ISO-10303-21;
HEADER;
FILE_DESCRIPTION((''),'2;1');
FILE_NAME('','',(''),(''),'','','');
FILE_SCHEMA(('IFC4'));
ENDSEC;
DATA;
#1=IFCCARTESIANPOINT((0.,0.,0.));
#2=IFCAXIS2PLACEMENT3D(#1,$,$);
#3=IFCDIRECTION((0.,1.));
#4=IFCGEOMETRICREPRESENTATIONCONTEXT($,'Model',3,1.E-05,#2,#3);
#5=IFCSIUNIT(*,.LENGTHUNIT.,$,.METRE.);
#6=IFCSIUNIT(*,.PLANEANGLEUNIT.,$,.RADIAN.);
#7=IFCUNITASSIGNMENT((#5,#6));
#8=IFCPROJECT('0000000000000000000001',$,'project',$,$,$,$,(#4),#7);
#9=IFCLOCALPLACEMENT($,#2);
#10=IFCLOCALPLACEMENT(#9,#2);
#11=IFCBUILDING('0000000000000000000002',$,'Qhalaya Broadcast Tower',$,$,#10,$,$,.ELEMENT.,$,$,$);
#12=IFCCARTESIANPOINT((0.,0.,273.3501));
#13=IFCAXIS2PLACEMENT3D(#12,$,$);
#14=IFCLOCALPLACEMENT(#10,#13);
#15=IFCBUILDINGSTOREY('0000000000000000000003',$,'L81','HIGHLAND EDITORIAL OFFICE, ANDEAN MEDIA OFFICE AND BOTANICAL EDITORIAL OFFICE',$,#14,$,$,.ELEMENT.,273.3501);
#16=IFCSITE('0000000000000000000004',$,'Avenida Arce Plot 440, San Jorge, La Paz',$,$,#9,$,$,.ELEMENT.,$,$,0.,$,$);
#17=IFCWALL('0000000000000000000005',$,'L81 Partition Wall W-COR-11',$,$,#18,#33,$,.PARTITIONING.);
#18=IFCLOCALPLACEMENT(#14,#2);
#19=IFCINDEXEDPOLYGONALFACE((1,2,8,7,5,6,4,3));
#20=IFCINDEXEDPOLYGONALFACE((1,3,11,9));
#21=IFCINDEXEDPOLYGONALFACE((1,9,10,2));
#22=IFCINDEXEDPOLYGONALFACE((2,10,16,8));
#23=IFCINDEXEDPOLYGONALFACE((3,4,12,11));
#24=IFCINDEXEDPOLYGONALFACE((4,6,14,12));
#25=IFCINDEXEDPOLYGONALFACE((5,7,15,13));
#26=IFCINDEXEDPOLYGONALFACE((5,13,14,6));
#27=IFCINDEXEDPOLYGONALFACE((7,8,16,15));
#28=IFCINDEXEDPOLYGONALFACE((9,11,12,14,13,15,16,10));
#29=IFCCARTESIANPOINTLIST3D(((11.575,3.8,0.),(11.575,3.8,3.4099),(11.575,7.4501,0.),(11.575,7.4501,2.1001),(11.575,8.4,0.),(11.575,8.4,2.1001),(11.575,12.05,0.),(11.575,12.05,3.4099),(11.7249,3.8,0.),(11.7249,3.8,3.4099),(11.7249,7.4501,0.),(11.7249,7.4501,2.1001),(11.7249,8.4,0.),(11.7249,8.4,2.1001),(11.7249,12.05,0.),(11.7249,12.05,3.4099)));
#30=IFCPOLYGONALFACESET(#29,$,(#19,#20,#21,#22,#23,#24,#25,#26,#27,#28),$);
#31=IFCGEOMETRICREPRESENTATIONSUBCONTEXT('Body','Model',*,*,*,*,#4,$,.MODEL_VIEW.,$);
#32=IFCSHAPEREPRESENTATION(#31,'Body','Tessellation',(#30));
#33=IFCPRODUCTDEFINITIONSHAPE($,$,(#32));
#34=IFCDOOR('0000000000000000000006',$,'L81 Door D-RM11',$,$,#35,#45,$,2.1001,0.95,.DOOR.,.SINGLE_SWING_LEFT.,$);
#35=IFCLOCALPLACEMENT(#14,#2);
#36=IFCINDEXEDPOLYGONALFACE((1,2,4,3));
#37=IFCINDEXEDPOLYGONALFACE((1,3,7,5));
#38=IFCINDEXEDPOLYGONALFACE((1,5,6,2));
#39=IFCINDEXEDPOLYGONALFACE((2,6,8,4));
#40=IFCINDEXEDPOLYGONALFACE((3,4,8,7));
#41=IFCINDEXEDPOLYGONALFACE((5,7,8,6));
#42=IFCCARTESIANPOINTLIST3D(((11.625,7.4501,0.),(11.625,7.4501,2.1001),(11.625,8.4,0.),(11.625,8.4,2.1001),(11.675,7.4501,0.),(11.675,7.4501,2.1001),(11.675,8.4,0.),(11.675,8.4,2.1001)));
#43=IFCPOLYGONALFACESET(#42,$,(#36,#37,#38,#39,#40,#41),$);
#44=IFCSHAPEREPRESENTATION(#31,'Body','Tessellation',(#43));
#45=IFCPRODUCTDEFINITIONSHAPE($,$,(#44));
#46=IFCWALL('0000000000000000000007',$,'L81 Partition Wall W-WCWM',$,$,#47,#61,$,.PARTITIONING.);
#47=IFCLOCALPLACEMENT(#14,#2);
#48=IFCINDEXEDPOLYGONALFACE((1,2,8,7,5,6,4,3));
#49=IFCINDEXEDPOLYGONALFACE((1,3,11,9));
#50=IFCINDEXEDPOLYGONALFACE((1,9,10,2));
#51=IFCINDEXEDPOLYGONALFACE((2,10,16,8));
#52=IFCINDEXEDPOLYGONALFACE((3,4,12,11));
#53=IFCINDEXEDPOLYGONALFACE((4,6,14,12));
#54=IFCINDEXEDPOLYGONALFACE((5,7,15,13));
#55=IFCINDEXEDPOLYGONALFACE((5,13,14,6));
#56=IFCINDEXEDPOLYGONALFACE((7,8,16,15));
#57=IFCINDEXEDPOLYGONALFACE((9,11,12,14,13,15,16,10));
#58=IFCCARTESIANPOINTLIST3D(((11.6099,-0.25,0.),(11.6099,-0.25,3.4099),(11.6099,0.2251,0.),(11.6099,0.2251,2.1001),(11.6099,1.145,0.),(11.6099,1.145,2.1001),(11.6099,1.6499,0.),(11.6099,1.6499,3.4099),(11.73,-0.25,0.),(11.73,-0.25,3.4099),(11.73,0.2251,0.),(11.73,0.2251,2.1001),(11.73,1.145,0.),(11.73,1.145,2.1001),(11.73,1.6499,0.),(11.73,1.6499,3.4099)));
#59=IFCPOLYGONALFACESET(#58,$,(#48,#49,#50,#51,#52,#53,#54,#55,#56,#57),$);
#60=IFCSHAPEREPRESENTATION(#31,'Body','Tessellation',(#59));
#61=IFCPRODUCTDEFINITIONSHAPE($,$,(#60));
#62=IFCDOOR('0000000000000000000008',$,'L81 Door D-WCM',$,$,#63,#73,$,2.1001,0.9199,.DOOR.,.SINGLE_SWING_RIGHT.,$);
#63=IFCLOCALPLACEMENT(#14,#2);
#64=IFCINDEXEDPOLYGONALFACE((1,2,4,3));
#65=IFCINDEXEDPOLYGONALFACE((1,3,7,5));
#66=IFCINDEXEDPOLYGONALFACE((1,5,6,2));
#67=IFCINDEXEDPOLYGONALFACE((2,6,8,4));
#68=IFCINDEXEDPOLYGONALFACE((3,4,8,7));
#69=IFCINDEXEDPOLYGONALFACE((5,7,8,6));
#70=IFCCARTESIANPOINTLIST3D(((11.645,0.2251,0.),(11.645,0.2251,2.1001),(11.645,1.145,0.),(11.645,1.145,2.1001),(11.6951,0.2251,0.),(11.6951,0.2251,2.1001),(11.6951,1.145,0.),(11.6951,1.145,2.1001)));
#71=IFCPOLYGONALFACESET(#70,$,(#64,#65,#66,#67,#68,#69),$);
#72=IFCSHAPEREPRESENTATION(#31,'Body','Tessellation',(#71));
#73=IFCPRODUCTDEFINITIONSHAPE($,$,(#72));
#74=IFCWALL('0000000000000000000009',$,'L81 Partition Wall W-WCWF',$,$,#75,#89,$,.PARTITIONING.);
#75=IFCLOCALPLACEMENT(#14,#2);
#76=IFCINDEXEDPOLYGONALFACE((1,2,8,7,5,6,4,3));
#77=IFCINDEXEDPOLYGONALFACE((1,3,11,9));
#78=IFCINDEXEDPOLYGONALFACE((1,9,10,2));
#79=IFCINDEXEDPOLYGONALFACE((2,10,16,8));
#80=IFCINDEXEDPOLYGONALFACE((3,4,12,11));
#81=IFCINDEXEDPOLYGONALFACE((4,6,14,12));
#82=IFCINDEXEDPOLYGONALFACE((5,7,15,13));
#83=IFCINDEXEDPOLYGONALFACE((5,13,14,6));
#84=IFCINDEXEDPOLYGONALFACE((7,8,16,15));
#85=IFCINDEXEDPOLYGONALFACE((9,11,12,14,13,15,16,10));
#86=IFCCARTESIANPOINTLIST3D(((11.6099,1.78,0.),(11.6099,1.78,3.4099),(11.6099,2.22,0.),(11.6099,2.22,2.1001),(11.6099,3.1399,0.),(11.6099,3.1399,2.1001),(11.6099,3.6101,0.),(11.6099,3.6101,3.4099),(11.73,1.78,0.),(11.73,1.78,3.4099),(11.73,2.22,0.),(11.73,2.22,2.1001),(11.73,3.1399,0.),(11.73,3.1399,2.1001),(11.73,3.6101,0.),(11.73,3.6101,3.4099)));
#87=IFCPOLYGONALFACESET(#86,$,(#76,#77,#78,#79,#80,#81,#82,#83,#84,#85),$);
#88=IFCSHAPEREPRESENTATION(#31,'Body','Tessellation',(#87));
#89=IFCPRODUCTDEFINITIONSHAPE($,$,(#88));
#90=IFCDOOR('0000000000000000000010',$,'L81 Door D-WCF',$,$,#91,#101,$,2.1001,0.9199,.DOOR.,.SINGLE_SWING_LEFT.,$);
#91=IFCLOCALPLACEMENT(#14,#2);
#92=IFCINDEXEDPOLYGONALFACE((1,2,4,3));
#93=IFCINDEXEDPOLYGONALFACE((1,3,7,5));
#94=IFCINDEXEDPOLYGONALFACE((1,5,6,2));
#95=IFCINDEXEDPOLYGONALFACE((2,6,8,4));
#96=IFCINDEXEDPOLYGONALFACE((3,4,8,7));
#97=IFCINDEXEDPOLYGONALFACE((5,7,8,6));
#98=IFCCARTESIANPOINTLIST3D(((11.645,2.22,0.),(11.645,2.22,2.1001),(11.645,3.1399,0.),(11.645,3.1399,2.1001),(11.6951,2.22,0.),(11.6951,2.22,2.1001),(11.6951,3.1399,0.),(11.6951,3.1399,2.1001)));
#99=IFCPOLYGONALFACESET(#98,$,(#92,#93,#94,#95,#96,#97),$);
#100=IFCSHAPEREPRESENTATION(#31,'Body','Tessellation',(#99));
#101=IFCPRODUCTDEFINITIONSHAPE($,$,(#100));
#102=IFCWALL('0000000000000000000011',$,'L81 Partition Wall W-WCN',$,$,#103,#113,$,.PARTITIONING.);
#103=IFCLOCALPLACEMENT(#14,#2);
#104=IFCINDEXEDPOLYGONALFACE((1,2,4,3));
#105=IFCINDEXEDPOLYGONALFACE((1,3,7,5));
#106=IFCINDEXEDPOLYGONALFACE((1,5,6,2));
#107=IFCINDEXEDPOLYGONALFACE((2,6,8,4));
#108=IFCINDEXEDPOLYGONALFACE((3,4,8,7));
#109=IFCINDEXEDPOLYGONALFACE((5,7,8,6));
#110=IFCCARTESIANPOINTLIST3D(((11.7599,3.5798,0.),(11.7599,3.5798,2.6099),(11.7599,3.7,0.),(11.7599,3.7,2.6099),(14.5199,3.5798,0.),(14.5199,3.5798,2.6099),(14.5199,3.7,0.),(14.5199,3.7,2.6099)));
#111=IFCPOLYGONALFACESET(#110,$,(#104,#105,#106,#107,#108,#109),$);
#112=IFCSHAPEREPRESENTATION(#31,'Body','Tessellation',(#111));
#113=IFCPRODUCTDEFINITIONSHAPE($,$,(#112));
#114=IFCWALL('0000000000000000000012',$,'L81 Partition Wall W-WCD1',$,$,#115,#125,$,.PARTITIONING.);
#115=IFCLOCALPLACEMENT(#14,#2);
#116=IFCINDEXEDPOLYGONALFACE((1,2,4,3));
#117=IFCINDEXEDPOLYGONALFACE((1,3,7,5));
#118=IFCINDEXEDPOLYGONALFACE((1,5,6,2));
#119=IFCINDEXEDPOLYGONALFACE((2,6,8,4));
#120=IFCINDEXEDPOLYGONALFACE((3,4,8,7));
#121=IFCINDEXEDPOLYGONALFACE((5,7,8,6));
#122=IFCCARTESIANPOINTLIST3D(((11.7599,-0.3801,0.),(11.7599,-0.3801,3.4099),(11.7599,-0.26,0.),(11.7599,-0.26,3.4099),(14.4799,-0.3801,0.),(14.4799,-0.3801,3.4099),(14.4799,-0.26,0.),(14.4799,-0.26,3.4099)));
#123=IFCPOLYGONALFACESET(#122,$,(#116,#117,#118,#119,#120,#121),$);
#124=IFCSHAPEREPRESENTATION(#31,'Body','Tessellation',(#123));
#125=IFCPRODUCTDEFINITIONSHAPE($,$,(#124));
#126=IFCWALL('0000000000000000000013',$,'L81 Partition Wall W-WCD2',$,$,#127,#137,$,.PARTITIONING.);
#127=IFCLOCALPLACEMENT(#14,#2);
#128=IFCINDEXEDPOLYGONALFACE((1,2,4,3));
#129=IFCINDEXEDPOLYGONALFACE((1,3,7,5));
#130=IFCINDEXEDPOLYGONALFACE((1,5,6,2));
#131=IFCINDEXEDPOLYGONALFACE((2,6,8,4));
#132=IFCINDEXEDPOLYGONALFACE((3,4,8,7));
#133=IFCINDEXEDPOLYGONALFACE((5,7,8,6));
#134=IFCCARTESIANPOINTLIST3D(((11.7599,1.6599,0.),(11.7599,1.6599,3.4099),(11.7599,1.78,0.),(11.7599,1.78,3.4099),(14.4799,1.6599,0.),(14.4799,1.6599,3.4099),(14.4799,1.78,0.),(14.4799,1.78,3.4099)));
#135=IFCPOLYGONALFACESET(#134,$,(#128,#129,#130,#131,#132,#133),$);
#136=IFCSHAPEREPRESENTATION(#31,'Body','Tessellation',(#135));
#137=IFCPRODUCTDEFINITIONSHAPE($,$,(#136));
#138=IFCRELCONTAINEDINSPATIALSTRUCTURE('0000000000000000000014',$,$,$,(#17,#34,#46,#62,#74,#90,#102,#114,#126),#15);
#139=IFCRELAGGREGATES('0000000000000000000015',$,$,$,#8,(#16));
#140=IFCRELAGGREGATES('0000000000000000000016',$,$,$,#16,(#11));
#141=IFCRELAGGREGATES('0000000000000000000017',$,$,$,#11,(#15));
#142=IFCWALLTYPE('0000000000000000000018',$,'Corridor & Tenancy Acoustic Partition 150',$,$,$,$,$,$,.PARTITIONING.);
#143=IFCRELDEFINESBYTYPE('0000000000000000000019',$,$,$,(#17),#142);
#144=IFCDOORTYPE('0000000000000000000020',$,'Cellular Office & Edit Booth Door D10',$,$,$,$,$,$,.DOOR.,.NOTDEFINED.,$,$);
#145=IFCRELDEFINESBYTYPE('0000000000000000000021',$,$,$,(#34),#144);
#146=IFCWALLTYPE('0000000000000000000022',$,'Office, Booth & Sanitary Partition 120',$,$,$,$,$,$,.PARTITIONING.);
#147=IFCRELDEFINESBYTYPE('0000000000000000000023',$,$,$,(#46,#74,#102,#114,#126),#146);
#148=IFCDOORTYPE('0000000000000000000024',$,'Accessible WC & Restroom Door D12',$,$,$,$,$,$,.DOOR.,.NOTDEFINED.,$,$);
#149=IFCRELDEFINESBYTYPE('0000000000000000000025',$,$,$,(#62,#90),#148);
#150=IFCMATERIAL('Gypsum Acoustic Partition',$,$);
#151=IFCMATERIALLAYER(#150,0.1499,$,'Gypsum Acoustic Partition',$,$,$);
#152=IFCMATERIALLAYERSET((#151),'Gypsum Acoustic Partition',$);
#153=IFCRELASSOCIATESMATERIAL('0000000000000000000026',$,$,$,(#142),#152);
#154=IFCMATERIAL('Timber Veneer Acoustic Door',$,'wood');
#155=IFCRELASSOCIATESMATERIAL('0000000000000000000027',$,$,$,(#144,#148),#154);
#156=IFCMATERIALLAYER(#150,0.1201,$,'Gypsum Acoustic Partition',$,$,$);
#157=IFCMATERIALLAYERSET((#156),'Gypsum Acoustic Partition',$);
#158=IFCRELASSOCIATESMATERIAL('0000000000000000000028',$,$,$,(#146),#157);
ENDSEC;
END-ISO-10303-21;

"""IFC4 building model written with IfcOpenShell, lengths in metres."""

from ifc_helpers import new_model, si_unit, direction, frame, frame_2d, origin, place, context, subcontext, project, spatial, rectangle, extrude, material, layer, layer_set, type_object, element, fill, save


model = new_model("IFC4")

# Units and contexts
model_context = context("Model", 3, precision=1e-05, world=origin(), true_north=direction((0.0, 1.0)))
body_context = subcontext(model_context, "Body", "Model", "MODEL_VIEW")
ifc_project = project(units=[si_unit("LENGTHUNIT", "METRE"), si_unit("PLANEANGLEUNIT", "RADIAN")], contexts=[model_context])

# Site, building, storey
site_placement = place(None, origin())
site = spatial("IfcSite", under=ifc_project, at=site_placement, Name="Avenida Arce Plot 440, San Jorge, La Paz", CompositionType="ELEMENT", RefElevation=0.0)
building_placement = place(site_placement, origin())
building = spatial("IfcBuilding", under=site, at=building_placement, Name="Qhalaya Broadcast Tower", CompositionType="ELEMENT")
storey_placement = place(building_placement, frame((0.0, 0.0, 273.3501)))
storey = spatial("IfcBuildingStorey", under=building, at=storey_placement, Name="L81", Description="HIGHLAND EDITORIAL OFFICE, ANDEAN MEDIA OFFICE AND BOTANICAL EDITORIAL OFFICE", CompositionType="ELEMENT", Elevation=273.3501)

# Walls, openings, doors
ifc_material_1 = material(Name="Gypsum Acoustic Partition")
ifc_layer_1 = layer(ifc_material_1, 0.1499, Name="Gypsum Acoustic Partition")
ifc_layer_set_1 = layer_set([ifc_layer_1], Name="Gypsum Acoustic Partition")
wall_type_1 = type_object("IfcWallType", Name="Corridor & Tenancy Acoustic Partition 150", PredefinedType="PARTITIONING", material=ifc_layer_set_1)
wall_1_placement = place(storey_placement, frame((11.6499, 3.8, 0.0), z_axis=(0.0, 0.0, 1.0), x_axis=(0.0, 1.0, 0.0)))
wall_1 = element("IfcWall", 1, at=wall_1_placement, inside=storey, type_object=wall_type_1, Name="L81 Partition Wall W-COR-11", PredefinedType="PARTITIONING", context=body_context, shape_type="SweptSolid", body=[
    extrude(rectangle(XDim=8.25, YDim=0.1499, at=frame_2d((4.125, 0.0))), origin(), (0.0, 0.0, 1.0), 3.4099),
])
opening_1_placement = place(wall_1_placement, frame((3.6499, 0.0, 0.0)))
opening_1 = element("IfcOpeningElement", 2, at=opening_1_placement, cuts=wall_1, PredefinedType="OPENING", context=body_context, shape_type="SweptSolid", body=[
    extrude(rectangle(XDim=0.95, YDim=2.1001, at=frame_2d((0.4751, 1.05))), frame((0.0, 0.0869, 0.0), z_axis=(0.0, -1.0, 0.0), x_axis=(1.0, 0.0, 0.0)), (0.0, 0.0, 1.0), 0.1738),
])
ifc_material_2 = material(Name="Timber Veneer Acoustic Door", Category="wood")
door_type_1 = type_object("IfcDoorType", Name="Cellular Office & Edit Booth Door D10", OperationType="NOTDEFINED", PredefinedType="DOOR", material=ifc_material_2)
door_1_placement = place(opening_1_placement, origin())
door_1 = element("IfcDoor", 3, at=door_1_placement, inside=storey, type_object=door_type_1, Name="L81 Door D-RM11", OperationType="SINGLE_SWING_LEFT", OverallHeight=2.1001, OverallWidth=0.95, PredefinedType="DOOR", context=body_context, shape_type="SweptSolid", body=[
    extrude(rectangle(XDim=0.95, YDim=2.1001, at=frame_2d((0.4751, 1.05))), frame((0.0, 0.0249, 0.0), z_axis=(0.0, -1.0, 0.0), x_axis=(1.0, 0.0, 0.0)), (0.0, 0.0, 1.0), 0.05),
])
fill(opening_1, door_1)
ifc_layer_2 = layer(ifc_material_1, 0.1201, Name="Gypsum Acoustic Partition")
ifc_layer_set_2 = layer_set([ifc_layer_2], Name="Gypsum Acoustic Partition")
wall_type_2 = type_object("IfcWallType", Name="Office, Booth & Sanitary Partition 120", PredefinedType="PARTITIONING", material=ifc_layer_set_2)
wall_2_placement = place(storey_placement, frame((11.6699, -0.25, 0.0), z_axis=(0.0, 0.0, 1.0), x_axis=(0.0, 1.0, 0.0)))
wall_2 = element("IfcWall", 4, at=wall_2_placement, inside=storey, type_object=wall_type_2, Name="L81 Partition Wall W-WCWM", PredefinedType="PARTITIONING", context=body_context, shape_type="SweptSolid", body=[
    extrude(rectangle(XDim=1.8999, YDim=0.1201, at=frame_2d((0.95, 0.0))), origin(), (0.0, 0.0, 1.0), 3.4099),
])
opening_2_placement = place(wall_2_placement, frame((0.4751, 0.0, 0.0)))
opening_2 = element("IfcOpeningElement", 5, at=opening_2_placement, cuts=wall_2, PredefinedType="OPENING", context=body_context, shape_type="SweptSolid", body=[
    extrude(rectangle(XDim=0.9199, YDim=2.1001, at=frame_2d((0.46, 1.05))), frame((0.0, 0.072, 0.0), z_axis=(0.0, -1.0, 0.0), x_axis=(1.0, 0.0, 0.0)), (0.0, 0.0, 1.0), 0.144),
])
door_type_2 = type_object("IfcDoorType", Name="Accessible WC & Restroom Door D12", OperationType="NOTDEFINED", PredefinedType="DOOR", material=ifc_material_2)
door_2_placement = place(opening_2_placement, origin())
door_2 = element("IfcDoor", 6, at=door_2_placement, inside=storey, type_object=door_type_2, Name="L81 Door D-WCM", OperationType="SINGLE_SWING_RIGHT", OverallHeight=2.1001, OverallWidth=0.9199, PredefinedType="DOOR", context=body_context, shape_type="SweptSolid", body=[
    extrude(rectangle(XDim=0.9199, YDim=2.1001, at=frame_2d((0.46, 1.05))), frame((0.0, 0.0249, 0.0), z_axis=(0.0, -1.0, 0.0), x_axis=(1.0, 0.0, 0.0)), (0.0, 0.0, 1.0), 0.05),
])
fill(opening_2, door_2)
wall_3_placement = place(storey_placement, frame((11.6699, 1.78, 0.0), z_axis=(0.0, 0.0, 1.0), x_axis=(0.0, 1.0, 0.0)))
wall_3 = element("IfcWall", 7, at=wall_3_placement, inside=storey, type_object=wall_type_2, Name="L81 Partition Wall W-WCWF", PredefinedType="PARTITIONING", context=body_context, shape_type="SweptSolid", body=[
    extrude(rectangle(XDim=1.8301, YDim=0.1201, at=frame_2d((0.915, 0.0))), origin(), (0.0, 0.0, 1.0), 3.4099),
])
opening_3_placement = place(wall_3_placement, frame((0.4399, 0.0, 0.0)))
opening_3 = element("IfcOpeningElement", 8, at=opening_3_placement, cuts=wall_3, PredefinedType="OPENING", context=body_context, shape_type="SweptSolid", body=[
    extrude(rectangle(XDim=0.9199, YDim=2.1001, at=frame_2d((0.46, 1.05))), frame((0.0, 0.072, 0.0), z_axis=(0.0, -1.0, 0.0), x_axis=(1.0, 0.0, 0.0)), (0.0, 0.0, 1.0), 0.144),
])
door_3_placement = place(opening_3_placement, origin())
door_3 = element("IfcDoor", 9, at=door_3_placement, inside=storey, type_object=door_type_2, Name="L81 Door D-WCF", OperationType="SINGLE_SWING_LEFT", OverallHeight=2.1001, OverallWidth=0.9199, PredefinedType="DOOR", context=body_context, shape_type="SweptSolid", body=[
    extrude(rectangle(XDim=0.9199, YDim=2.1001, at=frame_2d((0.46, 1.05))), frame((0.0, 0.0249, 0.0), z_axis=(0.0, -1.0, 0.0), x_axis=(1.0, 0.0, 0.0)), (0.0, 0.0, 1.0), 0.05),
])
fill(opening_3, door_3)

# Walls
wall_4_placement = place(storey_placement, frame((11.76, 3.6399, 0.0), z_axis=(0.0, 0.0, 1.0), x_axis=(1.0, 0.0, 0.0)))
element("IfcWall", 10, at=wall_4_placement, inside=storey, type_object=wall_type_2, Name="L81 Partition Wall W-WCN", PredefinedType="PARTITIONING", context=body_context, shape_type="SweptSolid", body=[
    extrude(rectangle(XDim=2.76, YDim=0.1201, at=frame_2d((1.3799, 0.0))), origin(), (0.0, 0.0, 1.0), 2.6099),
])
for number, where, z_axis, x_axis, name in (
    (11, (11.76, -0.3201, 0.0), (0.0, 0.0, 1.0), (1.0, 0.0, 0.0), "L81 Partition Wall W-WCD1"),
    (12, (11.76, 1.72, 0.0), (0.0, 0.0, 1.0), (1.0, 0.0, 0.0), "L81 Partition Wall W-WCD2"),
):
    element("IfcWall", number, at=place(storey_placement, frame(where, z_axis=z_axis, x_axis=x_axis)), inside=storey, type_object=wall_type_2, Name=name, PredefinedType="PARTITIONING", context=body_context, shape_type="SweptSolid", body=[
        extrude(rectangle(XDim=2.72, YDim=0.1201, at=frame_2d((1.3599, 0.0))), origin(), (0.0, 0.0, 1.0), 3.4099),
    ])

save(model, "model.ifc")
